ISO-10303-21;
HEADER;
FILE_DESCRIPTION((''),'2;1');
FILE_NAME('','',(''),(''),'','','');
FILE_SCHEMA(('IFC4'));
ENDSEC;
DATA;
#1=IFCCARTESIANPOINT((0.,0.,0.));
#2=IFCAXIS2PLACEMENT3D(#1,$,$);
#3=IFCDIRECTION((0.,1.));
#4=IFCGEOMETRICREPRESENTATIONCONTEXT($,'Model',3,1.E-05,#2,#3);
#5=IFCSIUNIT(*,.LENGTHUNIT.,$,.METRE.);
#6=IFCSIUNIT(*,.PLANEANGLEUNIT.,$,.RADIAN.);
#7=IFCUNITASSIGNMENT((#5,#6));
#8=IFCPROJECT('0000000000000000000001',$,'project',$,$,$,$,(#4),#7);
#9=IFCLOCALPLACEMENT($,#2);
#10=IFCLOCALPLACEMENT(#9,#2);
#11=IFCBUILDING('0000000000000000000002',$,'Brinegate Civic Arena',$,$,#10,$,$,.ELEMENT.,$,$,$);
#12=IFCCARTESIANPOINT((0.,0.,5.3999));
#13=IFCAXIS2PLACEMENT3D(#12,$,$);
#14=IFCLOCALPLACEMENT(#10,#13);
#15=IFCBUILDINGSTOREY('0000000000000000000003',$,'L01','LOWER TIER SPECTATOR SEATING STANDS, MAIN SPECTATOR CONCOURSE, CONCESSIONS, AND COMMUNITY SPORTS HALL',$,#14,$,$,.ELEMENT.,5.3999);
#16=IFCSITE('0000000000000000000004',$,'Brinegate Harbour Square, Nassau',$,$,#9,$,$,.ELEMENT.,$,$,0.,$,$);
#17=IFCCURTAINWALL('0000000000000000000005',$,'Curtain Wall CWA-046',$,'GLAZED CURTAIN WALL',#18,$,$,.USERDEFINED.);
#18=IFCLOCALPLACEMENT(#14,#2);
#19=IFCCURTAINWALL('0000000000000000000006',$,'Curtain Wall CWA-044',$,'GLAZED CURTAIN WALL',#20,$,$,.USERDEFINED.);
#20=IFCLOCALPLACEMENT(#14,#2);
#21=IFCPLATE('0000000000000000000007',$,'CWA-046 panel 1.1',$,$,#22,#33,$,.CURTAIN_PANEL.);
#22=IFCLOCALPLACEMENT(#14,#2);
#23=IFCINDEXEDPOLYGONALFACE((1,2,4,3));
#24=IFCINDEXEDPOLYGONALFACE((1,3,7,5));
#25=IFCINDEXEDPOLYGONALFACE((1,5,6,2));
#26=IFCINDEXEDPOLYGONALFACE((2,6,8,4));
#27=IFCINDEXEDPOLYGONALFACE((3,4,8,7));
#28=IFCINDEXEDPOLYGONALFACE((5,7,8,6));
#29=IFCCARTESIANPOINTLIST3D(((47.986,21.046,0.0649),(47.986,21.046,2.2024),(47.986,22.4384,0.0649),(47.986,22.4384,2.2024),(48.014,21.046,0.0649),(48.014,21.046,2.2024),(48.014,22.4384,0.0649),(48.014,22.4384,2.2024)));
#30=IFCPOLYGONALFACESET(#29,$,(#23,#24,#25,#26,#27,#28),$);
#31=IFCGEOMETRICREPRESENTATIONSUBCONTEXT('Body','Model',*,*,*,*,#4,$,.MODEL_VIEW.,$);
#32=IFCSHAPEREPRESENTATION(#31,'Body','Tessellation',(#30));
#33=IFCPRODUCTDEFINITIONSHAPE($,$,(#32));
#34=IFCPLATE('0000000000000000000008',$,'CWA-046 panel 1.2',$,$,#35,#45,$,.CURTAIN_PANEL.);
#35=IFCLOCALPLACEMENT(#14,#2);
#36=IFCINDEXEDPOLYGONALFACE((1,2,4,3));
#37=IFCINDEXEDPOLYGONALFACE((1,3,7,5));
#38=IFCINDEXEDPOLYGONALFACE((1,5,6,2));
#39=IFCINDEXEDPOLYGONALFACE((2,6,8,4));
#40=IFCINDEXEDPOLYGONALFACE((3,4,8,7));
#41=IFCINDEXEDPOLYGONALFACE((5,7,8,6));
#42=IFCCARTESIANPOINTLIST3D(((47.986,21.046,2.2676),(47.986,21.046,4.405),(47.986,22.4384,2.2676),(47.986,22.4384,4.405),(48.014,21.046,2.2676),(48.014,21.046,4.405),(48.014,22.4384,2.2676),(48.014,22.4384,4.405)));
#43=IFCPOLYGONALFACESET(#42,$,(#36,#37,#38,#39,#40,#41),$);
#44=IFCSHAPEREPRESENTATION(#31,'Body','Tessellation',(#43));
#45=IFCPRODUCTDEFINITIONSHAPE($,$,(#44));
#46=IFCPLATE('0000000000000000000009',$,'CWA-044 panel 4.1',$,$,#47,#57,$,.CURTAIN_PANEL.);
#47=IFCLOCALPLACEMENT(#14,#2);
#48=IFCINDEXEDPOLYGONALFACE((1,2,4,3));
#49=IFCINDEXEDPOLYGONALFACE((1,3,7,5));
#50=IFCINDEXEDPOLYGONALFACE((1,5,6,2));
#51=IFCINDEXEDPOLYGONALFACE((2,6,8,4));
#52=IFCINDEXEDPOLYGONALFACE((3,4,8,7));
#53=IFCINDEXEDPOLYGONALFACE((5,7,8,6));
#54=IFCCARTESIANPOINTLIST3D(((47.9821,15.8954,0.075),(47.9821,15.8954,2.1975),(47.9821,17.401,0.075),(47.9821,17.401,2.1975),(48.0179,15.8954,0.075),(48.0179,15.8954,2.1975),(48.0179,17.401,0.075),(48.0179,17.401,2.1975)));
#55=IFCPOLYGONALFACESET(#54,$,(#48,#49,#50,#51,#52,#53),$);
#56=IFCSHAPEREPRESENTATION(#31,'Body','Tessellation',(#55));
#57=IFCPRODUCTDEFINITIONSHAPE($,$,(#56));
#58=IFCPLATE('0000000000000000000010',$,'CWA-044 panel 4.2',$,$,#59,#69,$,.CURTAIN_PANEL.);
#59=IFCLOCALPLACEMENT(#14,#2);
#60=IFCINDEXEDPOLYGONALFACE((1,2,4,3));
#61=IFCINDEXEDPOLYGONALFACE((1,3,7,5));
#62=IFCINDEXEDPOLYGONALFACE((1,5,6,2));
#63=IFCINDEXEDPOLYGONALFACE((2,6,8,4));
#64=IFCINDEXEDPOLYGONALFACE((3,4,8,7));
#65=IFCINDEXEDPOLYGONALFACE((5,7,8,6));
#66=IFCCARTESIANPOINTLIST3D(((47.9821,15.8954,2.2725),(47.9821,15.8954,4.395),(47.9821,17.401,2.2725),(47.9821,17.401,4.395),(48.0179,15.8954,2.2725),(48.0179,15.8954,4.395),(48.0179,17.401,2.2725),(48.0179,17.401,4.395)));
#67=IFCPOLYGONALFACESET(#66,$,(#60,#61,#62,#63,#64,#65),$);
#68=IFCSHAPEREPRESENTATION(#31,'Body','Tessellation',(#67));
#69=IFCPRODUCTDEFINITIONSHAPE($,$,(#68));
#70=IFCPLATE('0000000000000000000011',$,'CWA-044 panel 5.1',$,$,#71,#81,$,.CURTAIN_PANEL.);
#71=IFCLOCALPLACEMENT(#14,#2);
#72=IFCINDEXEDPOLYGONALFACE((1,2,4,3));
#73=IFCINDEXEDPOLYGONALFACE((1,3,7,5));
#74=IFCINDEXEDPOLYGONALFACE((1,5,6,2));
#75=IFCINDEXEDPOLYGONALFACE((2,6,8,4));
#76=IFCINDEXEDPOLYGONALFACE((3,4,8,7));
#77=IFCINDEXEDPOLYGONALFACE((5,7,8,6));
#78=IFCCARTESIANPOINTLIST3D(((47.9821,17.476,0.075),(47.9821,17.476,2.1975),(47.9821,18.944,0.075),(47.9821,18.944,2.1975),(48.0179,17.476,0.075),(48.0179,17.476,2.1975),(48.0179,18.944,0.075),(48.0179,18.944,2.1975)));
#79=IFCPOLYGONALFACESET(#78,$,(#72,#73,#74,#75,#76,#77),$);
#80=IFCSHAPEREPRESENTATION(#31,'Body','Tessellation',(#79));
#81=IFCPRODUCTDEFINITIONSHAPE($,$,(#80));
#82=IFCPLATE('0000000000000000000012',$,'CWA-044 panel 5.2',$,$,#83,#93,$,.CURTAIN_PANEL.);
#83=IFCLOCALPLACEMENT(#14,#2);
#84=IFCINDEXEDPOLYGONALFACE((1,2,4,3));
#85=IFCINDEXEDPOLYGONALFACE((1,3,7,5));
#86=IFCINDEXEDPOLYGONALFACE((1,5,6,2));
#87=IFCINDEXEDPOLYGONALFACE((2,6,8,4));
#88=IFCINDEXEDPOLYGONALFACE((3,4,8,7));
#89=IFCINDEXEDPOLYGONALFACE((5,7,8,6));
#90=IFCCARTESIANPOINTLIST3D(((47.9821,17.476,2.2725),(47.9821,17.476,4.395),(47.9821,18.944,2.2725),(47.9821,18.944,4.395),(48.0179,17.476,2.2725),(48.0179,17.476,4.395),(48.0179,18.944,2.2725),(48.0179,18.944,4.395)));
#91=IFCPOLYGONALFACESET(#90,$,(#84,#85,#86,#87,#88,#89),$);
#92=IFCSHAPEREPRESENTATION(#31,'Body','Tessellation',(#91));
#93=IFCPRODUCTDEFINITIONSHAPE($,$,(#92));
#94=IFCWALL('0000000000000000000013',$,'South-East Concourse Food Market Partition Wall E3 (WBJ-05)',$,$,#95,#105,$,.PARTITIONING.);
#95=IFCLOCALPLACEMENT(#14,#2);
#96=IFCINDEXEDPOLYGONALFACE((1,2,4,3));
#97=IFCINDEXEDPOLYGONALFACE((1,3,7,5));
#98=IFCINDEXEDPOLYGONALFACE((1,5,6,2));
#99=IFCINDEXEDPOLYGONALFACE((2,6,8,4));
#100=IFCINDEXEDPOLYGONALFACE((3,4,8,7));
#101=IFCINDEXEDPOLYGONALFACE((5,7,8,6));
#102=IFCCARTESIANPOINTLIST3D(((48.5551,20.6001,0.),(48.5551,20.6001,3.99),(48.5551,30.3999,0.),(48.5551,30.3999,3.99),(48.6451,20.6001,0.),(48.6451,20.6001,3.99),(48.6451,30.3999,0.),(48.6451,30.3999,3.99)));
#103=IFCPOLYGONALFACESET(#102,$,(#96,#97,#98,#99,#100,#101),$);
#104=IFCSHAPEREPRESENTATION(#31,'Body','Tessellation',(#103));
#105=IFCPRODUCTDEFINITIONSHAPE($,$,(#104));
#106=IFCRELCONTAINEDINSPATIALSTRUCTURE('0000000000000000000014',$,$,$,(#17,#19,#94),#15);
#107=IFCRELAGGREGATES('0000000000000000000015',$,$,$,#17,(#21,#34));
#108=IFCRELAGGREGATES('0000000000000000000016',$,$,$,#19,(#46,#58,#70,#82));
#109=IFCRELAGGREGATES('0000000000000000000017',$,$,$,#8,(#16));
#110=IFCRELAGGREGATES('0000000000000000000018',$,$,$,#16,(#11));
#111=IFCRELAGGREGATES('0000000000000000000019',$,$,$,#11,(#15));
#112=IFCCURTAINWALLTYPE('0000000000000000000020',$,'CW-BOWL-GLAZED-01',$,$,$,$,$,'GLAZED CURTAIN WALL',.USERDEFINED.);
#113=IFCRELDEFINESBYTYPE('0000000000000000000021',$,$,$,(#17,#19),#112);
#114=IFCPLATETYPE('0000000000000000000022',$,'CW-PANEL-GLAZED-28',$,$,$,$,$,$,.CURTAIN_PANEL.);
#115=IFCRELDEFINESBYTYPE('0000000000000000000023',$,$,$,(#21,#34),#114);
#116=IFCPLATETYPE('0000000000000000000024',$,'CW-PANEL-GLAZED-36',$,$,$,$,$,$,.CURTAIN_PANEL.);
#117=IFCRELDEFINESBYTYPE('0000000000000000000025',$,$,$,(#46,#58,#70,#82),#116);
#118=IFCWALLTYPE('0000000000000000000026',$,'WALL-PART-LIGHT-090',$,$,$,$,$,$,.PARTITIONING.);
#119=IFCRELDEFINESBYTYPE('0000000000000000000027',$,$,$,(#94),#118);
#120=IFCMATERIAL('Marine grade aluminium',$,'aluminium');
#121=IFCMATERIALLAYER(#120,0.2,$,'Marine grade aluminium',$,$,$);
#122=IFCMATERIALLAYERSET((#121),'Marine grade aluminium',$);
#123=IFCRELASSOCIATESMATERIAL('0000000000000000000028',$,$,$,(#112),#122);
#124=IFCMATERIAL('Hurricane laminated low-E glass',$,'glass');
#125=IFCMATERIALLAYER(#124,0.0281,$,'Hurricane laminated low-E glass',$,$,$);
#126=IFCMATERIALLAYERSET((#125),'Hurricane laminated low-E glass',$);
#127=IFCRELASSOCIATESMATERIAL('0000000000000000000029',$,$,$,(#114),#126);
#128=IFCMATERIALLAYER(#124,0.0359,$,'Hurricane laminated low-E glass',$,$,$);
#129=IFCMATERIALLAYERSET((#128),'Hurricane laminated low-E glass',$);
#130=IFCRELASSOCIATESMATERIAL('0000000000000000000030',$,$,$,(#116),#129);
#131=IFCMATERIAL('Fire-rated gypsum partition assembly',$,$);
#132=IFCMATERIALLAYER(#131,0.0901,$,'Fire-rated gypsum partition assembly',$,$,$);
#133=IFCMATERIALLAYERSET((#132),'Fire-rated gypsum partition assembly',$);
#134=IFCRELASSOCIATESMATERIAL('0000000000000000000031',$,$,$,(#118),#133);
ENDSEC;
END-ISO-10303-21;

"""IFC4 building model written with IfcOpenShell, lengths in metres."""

from ifc_helpers import new_model, si_unit, direction, frame, frame_2d, origin, origin_2d, place, context, subcontext, project, spatial, rectangle, extrude, material, layer, layer_set, type_object, element, aggregate, save


model = new_model("IFC4")

# Units and contexts
model_context = context("Model", 3, precision=1e-05, world=origin(), true_north=direction((0.0, 1.0)))
body_context = subcontext(model_context, "Body", "Model", "MODEL_VIEW")
ifc_project = project(units=[si_unit("LENGTHUNIT", "METRE"), si_unit("PLANEANGLEUNIT", "RADIAN")], contexts=[model_context])

# Site, building, storey
site_placement = place(None, origin())
site = spatial("IfcSite", under=ifc_project, at=site_placement, Name="Brinegate Harbour Square, Nassau", CompositionType="ELEMENT", RefElevation=0.0)
building_placement = place(site_placement, origin())
building = spatial("IfcBuilding", under=site, at=building_placement, Name="Brinegate Civic Arena", CompositionType="ELEMENT")
storey_placement = place(building_placement, frame((0.0, 0.0, 5.3999)))
storey = spatial("IfcBuildingStorey", under=building, at=storey_placement, Name="L01", Description="LOWER TIER SPECTATOR SEATING STANDS, MAIN SPECTATOR CONCOURSE, CONCESSIONS, AND COMMUNITY SPORTS HALL", CompositionType="ELEMENT", Elevation=5.3999)

# Curtain walls
ifc_material_1 = material(Name="Marine grade aluminium", Category="aluminium")
ifc_layer_1 = layer(ifc_material_1, 0.2, Name="Marine grade aluminium")
ifc_layer_set_1 = layer_set([ifc_layer_1], Name="Marine grade aluminium")
curtain_wall_type = type_object("IfcCurtainWallType", Name="CW-BOWL-GLAZED-01", ElementType="GLAZED CURTAIN WALL", PredefinedType="USERDEFINED", material=ifc_layer_set_1)
curtain_wall_1_placement = place(storey_placement, origin())
curtain_wall_1 = element("IfcCurtainWall", 1, at=curtain_wall_1_placement, inside=storey, type_object=curtain_wall_type, Name="Curtain Wall CWA-046", ObjectType="GLAZED CURTAIN WALL", PredefinedType="USERDEFINED")
curtain_wall_2_placement = place(storey_placement, origin())
curtain_wall_2 = element("IfcCurtainWall", 2, at=curtain_wall_2_placement, inside=storey, type_object=curtain_wall_type, Name="Curtain Wall CWA-044", ObjectType="GLAZED CURTAIN WALL", PredefinedType="USERDEFINED")

# Plates
ifc_material_2 = material(Name="Hurricane laminated low-E glass", Category="glass")
ifc_layer_2 = layer(ifc_material_2, 0.0281, Name="Hurricane laminated low-E glass")
ifc_layer_set_2 = layer_set([ifc_layer_2], Name="Hurricane laminated low-E glass")
plate_type_1 = type_object("IfcPlateType", Name="CW-PANEL-GLAZED-28", PredefinedType="CURTAIN_PANEL", material=ifc_layer_set_2)
plate_1_placement = place(storey_placement, frame((48.0, 21.7422, 0.0649), z_axis=(0.0, 0.0, 1.0), x_axis=(0.0, 1.0, 0.0)))
plate_1 = element("IfcPlate", 3, at=plate_1_placement, type_object=plate_type_1, Name="CWA-046 panel 1.1", PredefinedType="CURTAIN_PANEL", context=body_context, shape_type="SweptSolid", body=[
    extrude(rectangle(XDim=1.3923, YDim=0.0281, at=origin_2d()), origin(), (0.0, 0.0, 1.0), 2.1375),
])
plate_2_placement = place(storey_placement, frame((48.0, 21.7422, 2.2676), z_axis=(0.0, 0.0, 1.0), x_axis=(0.0, 1.0, 0.0)))
plate_2 = element("IfcPlate", 4, at=plate_2_placement, type_object=plate_type_1, Name="CWA-046 panel 1.2", PredefinedType="CURTAIN_PANEL", context=body_context, shape_type="SweptSolid", body=[
    extrude(rectangle(XDim=1.3923, YDim=0.0281, at=origin_2d()), origin(), (0.0, 0.0, 1.0), 2.1375),
])
aggregate(curtain_wall_1, [plate_1, plate_2])
ifc_layer_3 = layer(ifc_material_2, 0.0359, Name="Hurricane laminated low-E glass")
ifc_layer_set_3 = layer_set([ifc_layer_3], Name="Hurricane laminated low-E glass")
plate_type_2 = type_object("IfcPlateType", Name="CW-PANEL-GLAZED-36", PredefinedType="CURTAIN_PANEL", material=ifc_layer_set_3)
plate_3_placement = place(storey_placement, frame((48.0, 16.6482, 0.075), z_axis=(0.0, 0.0, 1.0), x_axis=(0.0, 1.0, 0.0)))
plate_3 = element("IfcPlate", 5, at=plate_3_placement, type_object=plate_type_2, Name="CWA-044 panel 4.1", PredefinedType="CURTAIN_PANEL", context=body_context, shape_type="SweptSolid", body=[
    extrude(rectangle(XDim=1.5056, YDim=0.0359, at=origin_2d()), origin(), (0.0, 0.0, 1.0), 2.1226),
])
plate_4_placement = place(storey_placement, frame((48.0, 16.6482, 2.2725), z_axis=(0.0, 0.0, 1.0), x_axis=(0.0, 1.0, 0.0)))
plate_4 = element("IfcPlate", 6, at=plate_4_placement, type_object=plate_type_2, Name="CWA-044 panel 4.2", PredefinedType="CURTAIN_PANEL", context=body_context, shape_type="SweptSolid", body=[
    extrude(rectangle(XDim=1.5056, YDim=0.0359, at=origin_2d()), origin(), (0.0, 0.0, 1.0), 2.1226),
])
plate_5_placement = place(storey_placement, frame((48.0, 18.21, 0.075), z_axis=(0.0, 0.0, 1.0), x_axis=(0.0, 1.0, 0.0)))
plate_5 = element("IfcPlate", 7, at=plate_5_placement, type_object=plate_type_2, Name="CWA-044 panel 5.1", PredefinedType="CURTAIN_PANEL", context=body_context, shape_type="SweptSolid", body=[
    extrude(rectangle(XDim=1.468, YDim=0.0359, at=origin_2d()), origin(), (0.0, 0.0, 1.0), 2.1226),
])
plate_6_placement = place(storey_placement, frame((48.0, 18.21, 2.2725), z_axis=(0.0, 0.0, 1.0), x_axis=(0.0, 1.0, 0.0)))
plate_6 = element("IfcPlate", 8, at=plate_6_placement, type_object=plate_type_2, Name="CWA-044 panel 5.2", PredefinedType="CURTAIN_PANEL", context=body_context, shape_type="SweptSolid", body=[
    extrude(rectangle(XDim=1.468, YDim=0.0359, at=origin_2d()), origin(), (0.0, 0.0, 1.0), 2.1226),
])
aggregate(curtain_wall_2, [plate_3, plate_4, plate_5, plate_6])

# Wall
ifc_material_3 = material(Name="Fire-rated gypsum partition assembly")
ifc_layer_4 = layer(ifc_material_3, 0.0901, Name="Fire-rated gypsum partition assembly")
ifc_layer_set_4 = layer_set([ifc_layer_4], Name="Fire-rated gypsum partition assembly")
wall_type = type_object("IfcWallType", Name="WALL-PART-LIGHT-090", PredefinedType="PARTITIONING", material=ifc_layer_set_4)
wall_placement = place(storey_placement, frame((48.6001, 20.6001, 0.0), z_axis=(0.0, 0.0, 1.0), x_axis=(0.0, 1.0, 0.0)))
element("IfcWall", 9, at=wall_placement, inside=storey, type_object=wall_type, Name="South-East Concourse Food Market Partition Wall E3 (WBJ-05)", PredefinedType="PARTITIONING", context=body_context, shape_type="SweptSolid", body=[
    extrude(rectangle(XDim=9.7998, YDim=0.0901, at=frame_2d((4.8999, 0.0))), origin(), (0.0, 0.0, 1.0), 3.99),
])

save(model, "model.ifc")
